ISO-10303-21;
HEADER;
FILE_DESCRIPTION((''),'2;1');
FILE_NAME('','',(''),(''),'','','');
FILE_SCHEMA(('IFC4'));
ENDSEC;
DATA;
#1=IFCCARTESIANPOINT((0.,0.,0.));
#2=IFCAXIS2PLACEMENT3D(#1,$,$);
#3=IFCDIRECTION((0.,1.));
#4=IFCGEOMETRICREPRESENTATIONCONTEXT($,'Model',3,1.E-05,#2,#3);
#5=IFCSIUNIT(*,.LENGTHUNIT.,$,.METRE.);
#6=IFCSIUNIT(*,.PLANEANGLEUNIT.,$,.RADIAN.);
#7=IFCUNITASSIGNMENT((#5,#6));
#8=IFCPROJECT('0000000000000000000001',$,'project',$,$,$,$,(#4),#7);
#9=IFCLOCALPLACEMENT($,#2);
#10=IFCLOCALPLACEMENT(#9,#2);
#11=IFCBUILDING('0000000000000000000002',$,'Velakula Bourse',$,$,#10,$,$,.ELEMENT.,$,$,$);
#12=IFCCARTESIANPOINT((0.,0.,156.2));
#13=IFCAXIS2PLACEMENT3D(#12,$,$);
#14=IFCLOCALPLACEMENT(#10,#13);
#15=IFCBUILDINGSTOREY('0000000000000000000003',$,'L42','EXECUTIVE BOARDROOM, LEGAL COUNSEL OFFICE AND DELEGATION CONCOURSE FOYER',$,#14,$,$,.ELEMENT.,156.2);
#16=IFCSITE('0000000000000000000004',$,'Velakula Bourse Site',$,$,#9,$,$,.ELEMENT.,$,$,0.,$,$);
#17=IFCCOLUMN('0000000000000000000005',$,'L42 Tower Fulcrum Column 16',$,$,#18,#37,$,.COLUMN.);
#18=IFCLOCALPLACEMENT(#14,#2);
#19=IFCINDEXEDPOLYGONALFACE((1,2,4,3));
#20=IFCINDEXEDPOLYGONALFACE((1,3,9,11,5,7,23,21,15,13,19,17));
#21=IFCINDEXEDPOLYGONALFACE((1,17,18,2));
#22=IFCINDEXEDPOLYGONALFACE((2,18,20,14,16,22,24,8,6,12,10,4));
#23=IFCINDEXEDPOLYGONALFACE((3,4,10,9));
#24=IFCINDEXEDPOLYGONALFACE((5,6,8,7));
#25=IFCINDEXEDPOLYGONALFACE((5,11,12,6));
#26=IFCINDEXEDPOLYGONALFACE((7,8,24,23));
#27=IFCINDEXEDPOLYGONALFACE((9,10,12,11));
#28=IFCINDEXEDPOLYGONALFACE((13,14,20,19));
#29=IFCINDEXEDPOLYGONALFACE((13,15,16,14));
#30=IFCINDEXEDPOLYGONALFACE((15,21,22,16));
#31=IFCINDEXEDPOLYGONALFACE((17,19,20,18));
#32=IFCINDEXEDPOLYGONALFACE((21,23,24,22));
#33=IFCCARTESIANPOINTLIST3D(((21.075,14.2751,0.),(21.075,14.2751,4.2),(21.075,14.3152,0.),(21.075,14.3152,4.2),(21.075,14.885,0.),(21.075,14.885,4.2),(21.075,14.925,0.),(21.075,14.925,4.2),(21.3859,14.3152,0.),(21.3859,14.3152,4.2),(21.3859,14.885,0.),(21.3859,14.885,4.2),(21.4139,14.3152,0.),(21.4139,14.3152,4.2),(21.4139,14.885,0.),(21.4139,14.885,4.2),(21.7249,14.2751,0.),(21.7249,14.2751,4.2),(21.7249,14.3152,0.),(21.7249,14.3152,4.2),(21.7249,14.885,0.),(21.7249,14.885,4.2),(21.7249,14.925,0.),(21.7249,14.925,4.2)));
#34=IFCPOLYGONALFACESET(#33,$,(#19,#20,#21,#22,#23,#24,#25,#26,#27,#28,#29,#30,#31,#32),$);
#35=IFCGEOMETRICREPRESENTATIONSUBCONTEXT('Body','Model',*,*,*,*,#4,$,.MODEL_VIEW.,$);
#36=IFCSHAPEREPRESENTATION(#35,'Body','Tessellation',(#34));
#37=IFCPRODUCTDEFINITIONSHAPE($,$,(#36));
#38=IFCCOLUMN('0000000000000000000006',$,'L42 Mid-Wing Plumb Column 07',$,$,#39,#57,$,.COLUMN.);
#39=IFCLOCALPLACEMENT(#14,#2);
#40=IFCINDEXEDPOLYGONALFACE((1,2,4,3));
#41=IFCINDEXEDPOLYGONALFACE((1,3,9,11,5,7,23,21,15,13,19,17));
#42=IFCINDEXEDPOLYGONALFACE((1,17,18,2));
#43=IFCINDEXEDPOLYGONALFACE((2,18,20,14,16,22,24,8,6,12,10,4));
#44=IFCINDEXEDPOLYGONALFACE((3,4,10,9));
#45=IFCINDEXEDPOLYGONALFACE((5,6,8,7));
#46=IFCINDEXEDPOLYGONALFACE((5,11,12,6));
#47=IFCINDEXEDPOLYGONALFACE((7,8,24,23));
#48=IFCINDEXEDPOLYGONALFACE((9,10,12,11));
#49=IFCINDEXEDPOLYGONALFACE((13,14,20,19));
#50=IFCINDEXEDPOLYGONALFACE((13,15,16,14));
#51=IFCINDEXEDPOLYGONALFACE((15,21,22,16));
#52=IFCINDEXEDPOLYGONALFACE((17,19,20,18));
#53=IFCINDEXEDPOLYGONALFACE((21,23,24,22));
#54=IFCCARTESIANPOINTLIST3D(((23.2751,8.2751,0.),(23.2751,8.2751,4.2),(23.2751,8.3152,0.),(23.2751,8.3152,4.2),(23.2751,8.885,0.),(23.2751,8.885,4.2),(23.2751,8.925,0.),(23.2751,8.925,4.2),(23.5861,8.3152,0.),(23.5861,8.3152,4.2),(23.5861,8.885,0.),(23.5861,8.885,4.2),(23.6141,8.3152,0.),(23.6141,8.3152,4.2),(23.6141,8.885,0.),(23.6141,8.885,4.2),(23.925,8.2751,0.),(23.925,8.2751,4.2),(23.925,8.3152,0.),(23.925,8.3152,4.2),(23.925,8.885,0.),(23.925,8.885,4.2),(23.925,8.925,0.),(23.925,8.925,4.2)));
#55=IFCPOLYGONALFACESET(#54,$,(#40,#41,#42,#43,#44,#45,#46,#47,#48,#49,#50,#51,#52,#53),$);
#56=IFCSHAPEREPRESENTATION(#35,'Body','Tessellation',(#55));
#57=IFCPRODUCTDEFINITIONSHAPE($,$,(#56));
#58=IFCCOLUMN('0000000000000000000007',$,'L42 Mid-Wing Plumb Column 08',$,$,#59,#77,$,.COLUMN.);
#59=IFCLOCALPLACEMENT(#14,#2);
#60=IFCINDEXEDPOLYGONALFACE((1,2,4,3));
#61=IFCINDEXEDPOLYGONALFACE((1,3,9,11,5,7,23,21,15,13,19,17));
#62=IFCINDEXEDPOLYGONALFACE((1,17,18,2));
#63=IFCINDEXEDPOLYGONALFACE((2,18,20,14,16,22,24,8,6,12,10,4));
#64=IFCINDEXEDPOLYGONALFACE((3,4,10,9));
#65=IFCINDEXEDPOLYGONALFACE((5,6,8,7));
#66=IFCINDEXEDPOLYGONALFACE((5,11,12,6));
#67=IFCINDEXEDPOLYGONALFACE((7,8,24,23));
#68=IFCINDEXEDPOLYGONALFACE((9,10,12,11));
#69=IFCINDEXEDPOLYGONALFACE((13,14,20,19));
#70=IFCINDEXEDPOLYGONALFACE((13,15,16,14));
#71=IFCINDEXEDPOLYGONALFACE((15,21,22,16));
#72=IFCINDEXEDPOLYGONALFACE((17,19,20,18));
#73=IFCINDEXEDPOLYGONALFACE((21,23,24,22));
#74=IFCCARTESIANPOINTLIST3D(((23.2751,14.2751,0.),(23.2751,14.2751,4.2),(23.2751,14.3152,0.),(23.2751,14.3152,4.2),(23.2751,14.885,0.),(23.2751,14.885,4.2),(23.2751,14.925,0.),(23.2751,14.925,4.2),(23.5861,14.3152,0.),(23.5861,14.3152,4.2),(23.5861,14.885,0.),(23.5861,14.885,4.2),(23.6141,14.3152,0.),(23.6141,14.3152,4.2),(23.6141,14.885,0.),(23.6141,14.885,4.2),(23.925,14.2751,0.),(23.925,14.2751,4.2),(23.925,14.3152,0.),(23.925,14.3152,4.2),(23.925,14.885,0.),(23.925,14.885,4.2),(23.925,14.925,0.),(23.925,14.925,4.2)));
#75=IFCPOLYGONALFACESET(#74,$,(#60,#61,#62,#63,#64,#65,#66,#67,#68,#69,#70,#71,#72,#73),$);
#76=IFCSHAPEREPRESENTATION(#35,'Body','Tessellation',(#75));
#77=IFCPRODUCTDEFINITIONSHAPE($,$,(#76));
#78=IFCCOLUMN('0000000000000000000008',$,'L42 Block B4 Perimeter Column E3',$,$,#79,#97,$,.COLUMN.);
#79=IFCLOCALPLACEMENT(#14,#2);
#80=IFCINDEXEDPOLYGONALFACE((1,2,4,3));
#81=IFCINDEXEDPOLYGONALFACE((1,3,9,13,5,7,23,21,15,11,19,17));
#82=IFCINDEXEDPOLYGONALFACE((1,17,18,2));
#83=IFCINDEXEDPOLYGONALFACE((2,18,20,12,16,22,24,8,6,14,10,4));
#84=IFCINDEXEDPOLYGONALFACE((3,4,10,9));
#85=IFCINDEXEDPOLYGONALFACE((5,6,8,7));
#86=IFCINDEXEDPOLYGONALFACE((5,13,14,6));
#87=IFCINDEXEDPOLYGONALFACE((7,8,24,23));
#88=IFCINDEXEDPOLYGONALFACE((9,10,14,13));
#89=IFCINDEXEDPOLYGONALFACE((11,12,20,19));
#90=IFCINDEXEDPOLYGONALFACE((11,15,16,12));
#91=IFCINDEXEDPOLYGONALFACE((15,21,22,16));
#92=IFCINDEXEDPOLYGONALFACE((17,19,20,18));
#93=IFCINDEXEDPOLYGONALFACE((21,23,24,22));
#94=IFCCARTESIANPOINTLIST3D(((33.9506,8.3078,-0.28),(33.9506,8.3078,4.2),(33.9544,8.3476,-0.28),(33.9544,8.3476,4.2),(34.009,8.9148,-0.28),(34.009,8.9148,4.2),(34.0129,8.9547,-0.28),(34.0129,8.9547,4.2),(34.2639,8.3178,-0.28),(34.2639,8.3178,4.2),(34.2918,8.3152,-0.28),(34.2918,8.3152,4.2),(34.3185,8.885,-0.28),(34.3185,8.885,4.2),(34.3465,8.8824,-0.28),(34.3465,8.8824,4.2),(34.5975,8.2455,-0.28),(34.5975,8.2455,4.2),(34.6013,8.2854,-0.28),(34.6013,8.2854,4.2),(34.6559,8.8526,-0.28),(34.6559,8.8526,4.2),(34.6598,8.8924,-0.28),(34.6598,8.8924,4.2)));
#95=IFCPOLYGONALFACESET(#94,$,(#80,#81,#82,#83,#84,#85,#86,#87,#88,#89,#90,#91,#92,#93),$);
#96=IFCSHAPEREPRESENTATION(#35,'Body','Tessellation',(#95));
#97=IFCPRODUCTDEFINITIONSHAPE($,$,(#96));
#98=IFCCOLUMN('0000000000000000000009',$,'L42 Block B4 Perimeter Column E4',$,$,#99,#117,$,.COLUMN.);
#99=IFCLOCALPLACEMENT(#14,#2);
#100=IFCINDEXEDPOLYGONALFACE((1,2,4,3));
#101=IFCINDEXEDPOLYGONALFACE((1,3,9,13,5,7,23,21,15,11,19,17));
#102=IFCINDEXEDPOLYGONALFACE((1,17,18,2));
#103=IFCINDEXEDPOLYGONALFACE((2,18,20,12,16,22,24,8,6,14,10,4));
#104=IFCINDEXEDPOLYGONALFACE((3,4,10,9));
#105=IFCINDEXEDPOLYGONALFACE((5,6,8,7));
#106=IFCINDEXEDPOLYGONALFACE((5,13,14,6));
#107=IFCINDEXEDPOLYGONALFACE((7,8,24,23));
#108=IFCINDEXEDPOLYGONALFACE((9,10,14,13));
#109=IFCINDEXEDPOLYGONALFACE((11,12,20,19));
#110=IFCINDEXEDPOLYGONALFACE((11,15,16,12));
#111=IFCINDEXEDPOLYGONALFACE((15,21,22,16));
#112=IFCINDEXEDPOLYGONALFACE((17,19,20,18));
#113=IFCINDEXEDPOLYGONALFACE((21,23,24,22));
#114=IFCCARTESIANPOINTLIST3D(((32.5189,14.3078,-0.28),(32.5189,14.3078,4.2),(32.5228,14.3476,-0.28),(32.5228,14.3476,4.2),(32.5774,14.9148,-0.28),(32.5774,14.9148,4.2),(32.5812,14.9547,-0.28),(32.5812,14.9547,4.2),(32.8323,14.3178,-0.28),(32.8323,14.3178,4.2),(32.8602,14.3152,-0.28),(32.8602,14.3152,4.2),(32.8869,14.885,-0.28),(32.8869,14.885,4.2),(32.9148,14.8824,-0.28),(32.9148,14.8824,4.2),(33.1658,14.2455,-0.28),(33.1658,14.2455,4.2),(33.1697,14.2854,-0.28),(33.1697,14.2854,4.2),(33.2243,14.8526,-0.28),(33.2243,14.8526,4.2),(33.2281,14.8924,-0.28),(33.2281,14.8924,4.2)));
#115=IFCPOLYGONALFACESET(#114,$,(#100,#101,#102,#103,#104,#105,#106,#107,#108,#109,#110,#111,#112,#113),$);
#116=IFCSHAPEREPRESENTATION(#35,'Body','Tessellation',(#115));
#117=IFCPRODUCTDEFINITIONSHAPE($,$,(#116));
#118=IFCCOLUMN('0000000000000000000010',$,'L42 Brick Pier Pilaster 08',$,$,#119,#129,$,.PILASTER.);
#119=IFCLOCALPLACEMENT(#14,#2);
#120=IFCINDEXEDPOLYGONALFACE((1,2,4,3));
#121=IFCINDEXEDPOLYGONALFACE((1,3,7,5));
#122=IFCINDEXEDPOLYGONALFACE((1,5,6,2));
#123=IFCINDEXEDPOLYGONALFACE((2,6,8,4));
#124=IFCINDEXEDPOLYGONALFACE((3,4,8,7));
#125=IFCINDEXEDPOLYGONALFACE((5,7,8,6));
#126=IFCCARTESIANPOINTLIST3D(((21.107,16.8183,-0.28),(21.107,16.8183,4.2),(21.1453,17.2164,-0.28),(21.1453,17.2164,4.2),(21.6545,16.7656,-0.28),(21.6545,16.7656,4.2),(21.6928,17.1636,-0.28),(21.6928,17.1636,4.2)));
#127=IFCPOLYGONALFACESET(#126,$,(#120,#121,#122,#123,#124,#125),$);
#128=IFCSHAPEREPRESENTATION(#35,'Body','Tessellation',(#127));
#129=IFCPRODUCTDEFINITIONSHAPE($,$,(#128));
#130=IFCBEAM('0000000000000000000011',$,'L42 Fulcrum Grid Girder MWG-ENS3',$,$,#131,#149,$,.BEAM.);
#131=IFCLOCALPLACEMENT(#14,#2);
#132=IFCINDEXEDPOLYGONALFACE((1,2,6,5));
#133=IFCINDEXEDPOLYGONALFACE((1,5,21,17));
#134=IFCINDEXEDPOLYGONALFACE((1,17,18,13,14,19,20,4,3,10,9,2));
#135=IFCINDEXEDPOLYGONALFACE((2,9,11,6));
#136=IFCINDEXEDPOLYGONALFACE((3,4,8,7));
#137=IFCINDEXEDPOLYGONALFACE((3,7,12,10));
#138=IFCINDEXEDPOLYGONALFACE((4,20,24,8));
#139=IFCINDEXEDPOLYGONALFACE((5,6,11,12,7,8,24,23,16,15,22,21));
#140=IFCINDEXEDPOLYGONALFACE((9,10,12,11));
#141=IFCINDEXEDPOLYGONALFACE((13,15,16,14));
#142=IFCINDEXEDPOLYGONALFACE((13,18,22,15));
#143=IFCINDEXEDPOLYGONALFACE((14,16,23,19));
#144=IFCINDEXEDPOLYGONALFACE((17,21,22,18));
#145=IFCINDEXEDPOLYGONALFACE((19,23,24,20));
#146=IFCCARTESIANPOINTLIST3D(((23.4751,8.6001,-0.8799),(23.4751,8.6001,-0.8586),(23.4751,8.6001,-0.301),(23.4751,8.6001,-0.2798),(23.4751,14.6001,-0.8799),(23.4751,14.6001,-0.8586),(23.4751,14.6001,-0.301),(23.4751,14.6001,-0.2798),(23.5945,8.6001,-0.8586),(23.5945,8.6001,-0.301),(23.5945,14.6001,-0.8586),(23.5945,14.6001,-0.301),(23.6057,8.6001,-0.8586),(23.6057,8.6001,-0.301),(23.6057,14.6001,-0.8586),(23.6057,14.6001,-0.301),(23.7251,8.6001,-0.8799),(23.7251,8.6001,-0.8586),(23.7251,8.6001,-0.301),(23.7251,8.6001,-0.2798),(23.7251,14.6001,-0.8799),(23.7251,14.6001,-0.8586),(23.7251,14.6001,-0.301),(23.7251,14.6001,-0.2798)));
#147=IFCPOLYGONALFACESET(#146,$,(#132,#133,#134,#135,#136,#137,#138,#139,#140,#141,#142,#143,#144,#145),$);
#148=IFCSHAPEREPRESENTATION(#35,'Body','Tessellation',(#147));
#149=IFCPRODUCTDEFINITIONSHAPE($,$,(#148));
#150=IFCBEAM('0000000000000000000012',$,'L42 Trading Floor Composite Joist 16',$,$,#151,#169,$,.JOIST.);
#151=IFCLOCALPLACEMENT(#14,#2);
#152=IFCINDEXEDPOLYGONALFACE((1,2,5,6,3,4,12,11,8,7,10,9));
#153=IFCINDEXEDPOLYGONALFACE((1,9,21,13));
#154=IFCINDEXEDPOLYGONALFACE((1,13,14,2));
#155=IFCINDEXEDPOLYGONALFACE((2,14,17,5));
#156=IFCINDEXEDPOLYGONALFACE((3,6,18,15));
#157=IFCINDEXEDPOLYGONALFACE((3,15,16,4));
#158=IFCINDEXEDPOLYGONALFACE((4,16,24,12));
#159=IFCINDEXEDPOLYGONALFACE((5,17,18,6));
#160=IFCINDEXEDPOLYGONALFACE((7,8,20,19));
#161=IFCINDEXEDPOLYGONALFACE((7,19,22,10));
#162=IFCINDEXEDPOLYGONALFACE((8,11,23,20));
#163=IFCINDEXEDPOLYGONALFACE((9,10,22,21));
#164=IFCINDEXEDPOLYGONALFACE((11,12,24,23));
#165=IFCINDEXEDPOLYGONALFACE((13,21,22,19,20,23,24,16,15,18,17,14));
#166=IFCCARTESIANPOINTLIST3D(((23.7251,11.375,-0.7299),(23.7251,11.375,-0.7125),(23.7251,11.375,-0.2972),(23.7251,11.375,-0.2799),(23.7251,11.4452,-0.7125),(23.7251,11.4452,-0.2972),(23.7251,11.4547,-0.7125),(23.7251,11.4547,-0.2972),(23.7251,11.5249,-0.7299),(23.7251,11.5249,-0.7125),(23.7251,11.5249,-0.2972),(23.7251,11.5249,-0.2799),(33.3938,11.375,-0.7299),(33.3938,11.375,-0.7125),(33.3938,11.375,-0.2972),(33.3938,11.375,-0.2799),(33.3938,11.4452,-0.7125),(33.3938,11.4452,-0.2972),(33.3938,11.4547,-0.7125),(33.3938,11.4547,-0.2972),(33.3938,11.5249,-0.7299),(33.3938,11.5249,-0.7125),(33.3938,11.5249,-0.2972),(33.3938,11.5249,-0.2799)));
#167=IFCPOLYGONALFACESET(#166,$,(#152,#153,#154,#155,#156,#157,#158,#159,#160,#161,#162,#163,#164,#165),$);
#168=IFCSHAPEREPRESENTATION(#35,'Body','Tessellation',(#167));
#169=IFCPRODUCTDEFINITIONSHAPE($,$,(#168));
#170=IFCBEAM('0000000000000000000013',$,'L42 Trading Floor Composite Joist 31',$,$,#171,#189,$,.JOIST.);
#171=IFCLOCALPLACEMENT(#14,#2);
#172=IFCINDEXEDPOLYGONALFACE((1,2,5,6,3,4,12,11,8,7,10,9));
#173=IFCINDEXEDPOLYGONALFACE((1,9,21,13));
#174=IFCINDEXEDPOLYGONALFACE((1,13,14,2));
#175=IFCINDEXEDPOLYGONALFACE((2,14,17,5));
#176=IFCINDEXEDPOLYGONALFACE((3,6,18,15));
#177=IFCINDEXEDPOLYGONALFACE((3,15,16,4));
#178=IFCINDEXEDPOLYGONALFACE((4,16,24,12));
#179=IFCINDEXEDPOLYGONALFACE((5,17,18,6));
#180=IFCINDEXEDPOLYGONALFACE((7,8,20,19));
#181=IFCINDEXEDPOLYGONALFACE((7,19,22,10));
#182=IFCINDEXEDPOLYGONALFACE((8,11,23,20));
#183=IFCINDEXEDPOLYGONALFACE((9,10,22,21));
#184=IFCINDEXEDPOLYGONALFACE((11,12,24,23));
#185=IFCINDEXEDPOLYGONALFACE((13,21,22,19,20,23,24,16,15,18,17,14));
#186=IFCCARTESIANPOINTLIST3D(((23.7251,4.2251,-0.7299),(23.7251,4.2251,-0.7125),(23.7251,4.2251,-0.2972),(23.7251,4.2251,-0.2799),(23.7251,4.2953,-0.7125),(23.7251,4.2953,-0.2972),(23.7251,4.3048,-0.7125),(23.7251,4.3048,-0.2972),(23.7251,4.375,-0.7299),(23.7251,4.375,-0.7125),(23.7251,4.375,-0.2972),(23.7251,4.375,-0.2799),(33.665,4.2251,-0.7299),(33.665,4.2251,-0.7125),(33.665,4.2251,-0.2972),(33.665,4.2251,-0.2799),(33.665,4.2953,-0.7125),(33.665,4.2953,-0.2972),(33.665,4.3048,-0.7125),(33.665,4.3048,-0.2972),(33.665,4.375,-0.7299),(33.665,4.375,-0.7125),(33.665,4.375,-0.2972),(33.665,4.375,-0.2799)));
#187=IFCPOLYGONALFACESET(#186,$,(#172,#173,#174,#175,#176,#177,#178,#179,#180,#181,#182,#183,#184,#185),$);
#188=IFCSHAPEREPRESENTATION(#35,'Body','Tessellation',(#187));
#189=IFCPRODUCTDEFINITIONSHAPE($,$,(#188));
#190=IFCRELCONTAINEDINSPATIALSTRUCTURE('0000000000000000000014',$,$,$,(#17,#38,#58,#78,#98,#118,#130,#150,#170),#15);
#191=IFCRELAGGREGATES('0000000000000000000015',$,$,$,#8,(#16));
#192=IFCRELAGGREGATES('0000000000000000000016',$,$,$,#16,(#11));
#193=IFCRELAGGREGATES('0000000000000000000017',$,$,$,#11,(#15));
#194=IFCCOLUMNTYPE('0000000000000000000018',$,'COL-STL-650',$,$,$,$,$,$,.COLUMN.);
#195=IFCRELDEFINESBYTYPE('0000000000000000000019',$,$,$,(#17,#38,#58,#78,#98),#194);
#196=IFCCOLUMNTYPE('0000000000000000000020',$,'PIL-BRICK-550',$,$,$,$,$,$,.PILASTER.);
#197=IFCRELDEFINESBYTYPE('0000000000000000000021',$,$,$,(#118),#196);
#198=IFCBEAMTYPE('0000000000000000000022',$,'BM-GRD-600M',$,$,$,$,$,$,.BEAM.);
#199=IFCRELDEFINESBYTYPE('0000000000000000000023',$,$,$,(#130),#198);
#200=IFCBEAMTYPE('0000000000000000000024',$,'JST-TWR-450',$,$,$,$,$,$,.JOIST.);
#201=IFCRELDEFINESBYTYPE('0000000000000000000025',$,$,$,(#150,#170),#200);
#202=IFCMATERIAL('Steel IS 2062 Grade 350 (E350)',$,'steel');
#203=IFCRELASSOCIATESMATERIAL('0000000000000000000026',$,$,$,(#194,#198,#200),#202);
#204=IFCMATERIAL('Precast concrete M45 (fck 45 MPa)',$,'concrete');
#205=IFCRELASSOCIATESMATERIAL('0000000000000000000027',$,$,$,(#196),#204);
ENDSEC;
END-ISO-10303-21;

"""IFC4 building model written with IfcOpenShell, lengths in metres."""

from ifc_helpers import new_model, si_unit, direction, frame, origin, origin_2d, place, context, subcontext, project, spatial, rectangle, i_section, extrude, material, material_profile, profile_set, type_object, element, save


model = new_model("IFC4")

# Units and contexts
model_context = context("Model", 3, precision=1e-05, world=origin(), true_north=direction((0.0, 1.0)))
body_context = subcontext(model_context, "Body", "Model", "MODEL_VIEW")
ifc_project = project(units=[si_unit("LENGTHUNIT", "METRE"), si_unit("PLANEANGLEUNIT", "RADIAN")], contexts=[model_context])

# Site, building, storey
site_placement = place(None, origin())
site = spatial("IfcSite", under=ifc_project, at=site_placement, Name="Velakula Bourse Site", CompositionType="ELEMENT", RefElevation=0.0)
building_placement = place(site_placement, origin())
building = spatial("IfcBuilding", under=site, at=building_placement, Name="Velakula Bourse", CompositionType="ELEMENT")
storey_placement = place(building_placement, frame((0.0, 0.0, 156.2)))
storey = spatial("IfcBuildingStorey", under=building, at=storey_placement, Name="L42", Description="EXECUTIVE BOARDROOM, LEGAL COUNSEL OFFICE AND DELEGATION CONCOURSE FOYER", CompositionType="ELEMENT", Elevation=156.2)

# Columns
ifc_material_1 = material(Name="Steel IS 2062 Grade 350 (E350)", Category="steel")
ifc_material_profile_1 = material_profile(ifc_material_1, i_section(OverallWidth=0.6499, OverallDepth=0.6499, WebThickness=0.0281, FlangeThickness=0.04, at=origin_2d()), Name="Steel IS 2062 Grade 350 (E350)")
ifc_profile_set_1 = profile_set([ifc_material_profile_1], Name="Steel IS 2062 Grade 350 (E350)")
column_type_1 = type_object("IfcColumnType", Name="COL-STL-650", PredefinedType="COLUMN", material=ifc_profile_set_1)
for number, where, z_axis, x_axis, name in (
    (1, (21.3999, 14.6001, 0.0), (0.0, 0.0, 1.0), (1.0, 0.0, 0.0), "L42 Tower Fulcrum Column 16"),
    (2, (23.6001, 8.6001, 0.0), (0.0, 0.0, 1.0), (1.0, 0.0, 0.0), "L42 Mid-Wing Plumb Column 07"),
    (3, (23.6001, 14.6001, 0.0), (0.0, 0.0, 1.0), (1.0, 0.0, 0.0), "L42 Mid-Wing Plumb Column 08"),
):
    element("IfcColumn", number, at=place(storey_placement, frame(where, z_axis=z_axis, x_axis=x_axis)), inside=storey, type_object=column_type_1, Name=name, PredefinedType="COLUMN", context=body_context, shape_type="SweptSolid", body=[
        extrude(i_section(OverallWidth=0.6499, OverallDepth=0.6499, WebThickness=0.0281, FlangeThickness=0.04, at=origin_2d()), origin(), (0.0, 0.0, 1.0), 4.2),
    ])
for number, where, z_axis, x_axis, name in (
    (4, (34.3052, 8.6001, -0.28), (0.0, 0.0, 1.0), (0.995396, -0.095846, 0.0), "L42 Block B4 Perimeter Column E3"),
    (5, (32.8735, 14.6001, -0.28), (0.0, 0.0, 1.0), (0.995396, -0.095846, 0.0), "L42 Block B4 Perimeter Column E4"),
):
    element("IfcColumn", number, at=place(storey_placement, frame(where, z_axis=z_axis, x_axis=x_axis)), inside=storey, type_object=column_type_1, Name=name, PredefinedType="COLUMN", context=body_context, shape_type="SweptSolid", body=[
        extrude(i_section(OverallWidth=0.6499, OverallDepth=0.6499, WebThickness=0.0281, FlangeThickness=0.04, at=origin_2d()), origin(), (0.0, 0.0, 1.0), 4.48),
    ])
ifc_material_2 = material(Name="Precast concrete M45 (fck 45 MPa)", Category="concrete")
ifc_material_profile_2 = material_profile(ifc_material_2, rectangle(XDim=0.55, YDim=0.3999, at=origin_2d()), Name="Precast concrete M45 (fck 45 MPa)")
ifc_profile_set_2 = profile_set([ifc_material_profile_2], Name="Precast concrete M45 (fck 45 MPa)")
column_type_2 = type_object("IfcColumnType", Name="PIL-BRICK-550", PredefinedType="PILASTER", material=ifc_profile_set_2)
column_placement = place(storey_placement, frame((21.3999, 16.991, -0.28), z_axis=(0.0, 0.0, 1.0), x_axis=(0.995396, -0.095846, 0.0)))
element("IfcColumn", 6, at=column_placement, inside=storey, type_object=column_type_2, Name="L42 Brick Pier Pilaster 08", PredefinedType="PILASTER", context=body_context, shape_type="SweptSolid", body=[
    extrude(rectangle(XDim=0.55, YDim=0.3999, at=origin_2d()), origin(), (0.0, 0.0, 1.0), 4.48),
])

# Beams
ifc_material_profile_3 = material_profile(ifc_material_1, i_section(OverallWidth=0.25, OverallDepth=0.6001, WebThickness=0.0112, FlangeThickness=0.0212, at=origin_2d()), Name="Steel IS 2062 Grade 350 (E350)")
ifc_profile_set_3 = profile_set([ifc_material_profile_3], Name="Steel IS 2062 Grade 350 (E350)")
beam_type_1 = type_object("IfcBeamType", Name="BM-GRD-600M", PredefinedType="BEAM", material=ifc_profile_set_3)
beam_1_placement = place(storey_placement, frame((23.6001, 8.6001, -0.5798), z_axis=(0.0, 1.0, 0.0), x_axis=(-1.0, 0.0, 0.0)))
element("IfcBeam", 7, at=beam_1_placement, inside=storey, type_object=beam_type_1, Name="L42 Fulcrum Grid Girder MWG-ENS3", PredefinedType="BEAM", context=body_context, shape_type="SweptSolid", body=[
    extrude(i_section(OverallWidth=0.25, OverallDepth=0.6001, WebThickness=0.0112, FlangeThickness=0.0212, at=origin_2d()), origin(), (0.0, 0.0, 1.0), 6.0),
])
ifc_material_profile_4 = material_profile(ifc_material_1, i_section(OverallWidth=0.1499, OverallDepth=0.45, WebThickness=0.0095, FlangeThickness=0.0173, at=origin_2d()), Name="Steel IS 2062 Grade 350 (E350)")
ifc_profile_set_4 = profile_set([ifc_material_profile_4], Name="Steel IS 2062 Grade 350 (E350)")
beam_type_2 = type_object("IfcBeamType", Name="JST-TWR-450", PredefinedType="JOIST", material=ifc_profile_set_4)
beam_2_placement = place(storey_placement, frame((23.7251, 11.45, -0.5049), z_axis=(1.0, 0.0, 0.0), x_axis=(0.0, 1.0, 0.0)))
element("IfcBeam", 8, at=beam_2_placement, inside=storey, type_object=beam_type_2, Name="L42 Trading Floor Composite Joist 16", PredefinedType="JOIST", context=body_context, shape_type="SweptSolid", body=[
    extrude(i_section(OverallWidth=0.1499, OverallDepth=0.45, WebThickness=0.0095, FlangeThickness=0.0173, at=origin_2d()), origin(), (0.0, 0.0, 1.0), 9.6687),
])
beam_3_placement = place(storey_placement, frame((23.7251, 4.3, -0.5049), z_axis=(1.0, 0.0, 0.0), x_axis=(0.0, 1.0, 0.0)))
element("IfcBeam", 9, at=beam_3_placement, inside=storey, type_object=beam_type_2, Name="L42 Trading Floor Composite Joist 31", PredefinedType="JOIST", context=body_context, shape_type="SweptSolid", body=[
    extrude(i_section(OverallWidth=0.1499, OverallDepth=0.45, WebThickness=0.0095, FlangeThickness=0.0173, at=origin_2d()), origin(), (0.0, 0.0, 1.0), 9.9399),
])

save(model, "model.ifc")
